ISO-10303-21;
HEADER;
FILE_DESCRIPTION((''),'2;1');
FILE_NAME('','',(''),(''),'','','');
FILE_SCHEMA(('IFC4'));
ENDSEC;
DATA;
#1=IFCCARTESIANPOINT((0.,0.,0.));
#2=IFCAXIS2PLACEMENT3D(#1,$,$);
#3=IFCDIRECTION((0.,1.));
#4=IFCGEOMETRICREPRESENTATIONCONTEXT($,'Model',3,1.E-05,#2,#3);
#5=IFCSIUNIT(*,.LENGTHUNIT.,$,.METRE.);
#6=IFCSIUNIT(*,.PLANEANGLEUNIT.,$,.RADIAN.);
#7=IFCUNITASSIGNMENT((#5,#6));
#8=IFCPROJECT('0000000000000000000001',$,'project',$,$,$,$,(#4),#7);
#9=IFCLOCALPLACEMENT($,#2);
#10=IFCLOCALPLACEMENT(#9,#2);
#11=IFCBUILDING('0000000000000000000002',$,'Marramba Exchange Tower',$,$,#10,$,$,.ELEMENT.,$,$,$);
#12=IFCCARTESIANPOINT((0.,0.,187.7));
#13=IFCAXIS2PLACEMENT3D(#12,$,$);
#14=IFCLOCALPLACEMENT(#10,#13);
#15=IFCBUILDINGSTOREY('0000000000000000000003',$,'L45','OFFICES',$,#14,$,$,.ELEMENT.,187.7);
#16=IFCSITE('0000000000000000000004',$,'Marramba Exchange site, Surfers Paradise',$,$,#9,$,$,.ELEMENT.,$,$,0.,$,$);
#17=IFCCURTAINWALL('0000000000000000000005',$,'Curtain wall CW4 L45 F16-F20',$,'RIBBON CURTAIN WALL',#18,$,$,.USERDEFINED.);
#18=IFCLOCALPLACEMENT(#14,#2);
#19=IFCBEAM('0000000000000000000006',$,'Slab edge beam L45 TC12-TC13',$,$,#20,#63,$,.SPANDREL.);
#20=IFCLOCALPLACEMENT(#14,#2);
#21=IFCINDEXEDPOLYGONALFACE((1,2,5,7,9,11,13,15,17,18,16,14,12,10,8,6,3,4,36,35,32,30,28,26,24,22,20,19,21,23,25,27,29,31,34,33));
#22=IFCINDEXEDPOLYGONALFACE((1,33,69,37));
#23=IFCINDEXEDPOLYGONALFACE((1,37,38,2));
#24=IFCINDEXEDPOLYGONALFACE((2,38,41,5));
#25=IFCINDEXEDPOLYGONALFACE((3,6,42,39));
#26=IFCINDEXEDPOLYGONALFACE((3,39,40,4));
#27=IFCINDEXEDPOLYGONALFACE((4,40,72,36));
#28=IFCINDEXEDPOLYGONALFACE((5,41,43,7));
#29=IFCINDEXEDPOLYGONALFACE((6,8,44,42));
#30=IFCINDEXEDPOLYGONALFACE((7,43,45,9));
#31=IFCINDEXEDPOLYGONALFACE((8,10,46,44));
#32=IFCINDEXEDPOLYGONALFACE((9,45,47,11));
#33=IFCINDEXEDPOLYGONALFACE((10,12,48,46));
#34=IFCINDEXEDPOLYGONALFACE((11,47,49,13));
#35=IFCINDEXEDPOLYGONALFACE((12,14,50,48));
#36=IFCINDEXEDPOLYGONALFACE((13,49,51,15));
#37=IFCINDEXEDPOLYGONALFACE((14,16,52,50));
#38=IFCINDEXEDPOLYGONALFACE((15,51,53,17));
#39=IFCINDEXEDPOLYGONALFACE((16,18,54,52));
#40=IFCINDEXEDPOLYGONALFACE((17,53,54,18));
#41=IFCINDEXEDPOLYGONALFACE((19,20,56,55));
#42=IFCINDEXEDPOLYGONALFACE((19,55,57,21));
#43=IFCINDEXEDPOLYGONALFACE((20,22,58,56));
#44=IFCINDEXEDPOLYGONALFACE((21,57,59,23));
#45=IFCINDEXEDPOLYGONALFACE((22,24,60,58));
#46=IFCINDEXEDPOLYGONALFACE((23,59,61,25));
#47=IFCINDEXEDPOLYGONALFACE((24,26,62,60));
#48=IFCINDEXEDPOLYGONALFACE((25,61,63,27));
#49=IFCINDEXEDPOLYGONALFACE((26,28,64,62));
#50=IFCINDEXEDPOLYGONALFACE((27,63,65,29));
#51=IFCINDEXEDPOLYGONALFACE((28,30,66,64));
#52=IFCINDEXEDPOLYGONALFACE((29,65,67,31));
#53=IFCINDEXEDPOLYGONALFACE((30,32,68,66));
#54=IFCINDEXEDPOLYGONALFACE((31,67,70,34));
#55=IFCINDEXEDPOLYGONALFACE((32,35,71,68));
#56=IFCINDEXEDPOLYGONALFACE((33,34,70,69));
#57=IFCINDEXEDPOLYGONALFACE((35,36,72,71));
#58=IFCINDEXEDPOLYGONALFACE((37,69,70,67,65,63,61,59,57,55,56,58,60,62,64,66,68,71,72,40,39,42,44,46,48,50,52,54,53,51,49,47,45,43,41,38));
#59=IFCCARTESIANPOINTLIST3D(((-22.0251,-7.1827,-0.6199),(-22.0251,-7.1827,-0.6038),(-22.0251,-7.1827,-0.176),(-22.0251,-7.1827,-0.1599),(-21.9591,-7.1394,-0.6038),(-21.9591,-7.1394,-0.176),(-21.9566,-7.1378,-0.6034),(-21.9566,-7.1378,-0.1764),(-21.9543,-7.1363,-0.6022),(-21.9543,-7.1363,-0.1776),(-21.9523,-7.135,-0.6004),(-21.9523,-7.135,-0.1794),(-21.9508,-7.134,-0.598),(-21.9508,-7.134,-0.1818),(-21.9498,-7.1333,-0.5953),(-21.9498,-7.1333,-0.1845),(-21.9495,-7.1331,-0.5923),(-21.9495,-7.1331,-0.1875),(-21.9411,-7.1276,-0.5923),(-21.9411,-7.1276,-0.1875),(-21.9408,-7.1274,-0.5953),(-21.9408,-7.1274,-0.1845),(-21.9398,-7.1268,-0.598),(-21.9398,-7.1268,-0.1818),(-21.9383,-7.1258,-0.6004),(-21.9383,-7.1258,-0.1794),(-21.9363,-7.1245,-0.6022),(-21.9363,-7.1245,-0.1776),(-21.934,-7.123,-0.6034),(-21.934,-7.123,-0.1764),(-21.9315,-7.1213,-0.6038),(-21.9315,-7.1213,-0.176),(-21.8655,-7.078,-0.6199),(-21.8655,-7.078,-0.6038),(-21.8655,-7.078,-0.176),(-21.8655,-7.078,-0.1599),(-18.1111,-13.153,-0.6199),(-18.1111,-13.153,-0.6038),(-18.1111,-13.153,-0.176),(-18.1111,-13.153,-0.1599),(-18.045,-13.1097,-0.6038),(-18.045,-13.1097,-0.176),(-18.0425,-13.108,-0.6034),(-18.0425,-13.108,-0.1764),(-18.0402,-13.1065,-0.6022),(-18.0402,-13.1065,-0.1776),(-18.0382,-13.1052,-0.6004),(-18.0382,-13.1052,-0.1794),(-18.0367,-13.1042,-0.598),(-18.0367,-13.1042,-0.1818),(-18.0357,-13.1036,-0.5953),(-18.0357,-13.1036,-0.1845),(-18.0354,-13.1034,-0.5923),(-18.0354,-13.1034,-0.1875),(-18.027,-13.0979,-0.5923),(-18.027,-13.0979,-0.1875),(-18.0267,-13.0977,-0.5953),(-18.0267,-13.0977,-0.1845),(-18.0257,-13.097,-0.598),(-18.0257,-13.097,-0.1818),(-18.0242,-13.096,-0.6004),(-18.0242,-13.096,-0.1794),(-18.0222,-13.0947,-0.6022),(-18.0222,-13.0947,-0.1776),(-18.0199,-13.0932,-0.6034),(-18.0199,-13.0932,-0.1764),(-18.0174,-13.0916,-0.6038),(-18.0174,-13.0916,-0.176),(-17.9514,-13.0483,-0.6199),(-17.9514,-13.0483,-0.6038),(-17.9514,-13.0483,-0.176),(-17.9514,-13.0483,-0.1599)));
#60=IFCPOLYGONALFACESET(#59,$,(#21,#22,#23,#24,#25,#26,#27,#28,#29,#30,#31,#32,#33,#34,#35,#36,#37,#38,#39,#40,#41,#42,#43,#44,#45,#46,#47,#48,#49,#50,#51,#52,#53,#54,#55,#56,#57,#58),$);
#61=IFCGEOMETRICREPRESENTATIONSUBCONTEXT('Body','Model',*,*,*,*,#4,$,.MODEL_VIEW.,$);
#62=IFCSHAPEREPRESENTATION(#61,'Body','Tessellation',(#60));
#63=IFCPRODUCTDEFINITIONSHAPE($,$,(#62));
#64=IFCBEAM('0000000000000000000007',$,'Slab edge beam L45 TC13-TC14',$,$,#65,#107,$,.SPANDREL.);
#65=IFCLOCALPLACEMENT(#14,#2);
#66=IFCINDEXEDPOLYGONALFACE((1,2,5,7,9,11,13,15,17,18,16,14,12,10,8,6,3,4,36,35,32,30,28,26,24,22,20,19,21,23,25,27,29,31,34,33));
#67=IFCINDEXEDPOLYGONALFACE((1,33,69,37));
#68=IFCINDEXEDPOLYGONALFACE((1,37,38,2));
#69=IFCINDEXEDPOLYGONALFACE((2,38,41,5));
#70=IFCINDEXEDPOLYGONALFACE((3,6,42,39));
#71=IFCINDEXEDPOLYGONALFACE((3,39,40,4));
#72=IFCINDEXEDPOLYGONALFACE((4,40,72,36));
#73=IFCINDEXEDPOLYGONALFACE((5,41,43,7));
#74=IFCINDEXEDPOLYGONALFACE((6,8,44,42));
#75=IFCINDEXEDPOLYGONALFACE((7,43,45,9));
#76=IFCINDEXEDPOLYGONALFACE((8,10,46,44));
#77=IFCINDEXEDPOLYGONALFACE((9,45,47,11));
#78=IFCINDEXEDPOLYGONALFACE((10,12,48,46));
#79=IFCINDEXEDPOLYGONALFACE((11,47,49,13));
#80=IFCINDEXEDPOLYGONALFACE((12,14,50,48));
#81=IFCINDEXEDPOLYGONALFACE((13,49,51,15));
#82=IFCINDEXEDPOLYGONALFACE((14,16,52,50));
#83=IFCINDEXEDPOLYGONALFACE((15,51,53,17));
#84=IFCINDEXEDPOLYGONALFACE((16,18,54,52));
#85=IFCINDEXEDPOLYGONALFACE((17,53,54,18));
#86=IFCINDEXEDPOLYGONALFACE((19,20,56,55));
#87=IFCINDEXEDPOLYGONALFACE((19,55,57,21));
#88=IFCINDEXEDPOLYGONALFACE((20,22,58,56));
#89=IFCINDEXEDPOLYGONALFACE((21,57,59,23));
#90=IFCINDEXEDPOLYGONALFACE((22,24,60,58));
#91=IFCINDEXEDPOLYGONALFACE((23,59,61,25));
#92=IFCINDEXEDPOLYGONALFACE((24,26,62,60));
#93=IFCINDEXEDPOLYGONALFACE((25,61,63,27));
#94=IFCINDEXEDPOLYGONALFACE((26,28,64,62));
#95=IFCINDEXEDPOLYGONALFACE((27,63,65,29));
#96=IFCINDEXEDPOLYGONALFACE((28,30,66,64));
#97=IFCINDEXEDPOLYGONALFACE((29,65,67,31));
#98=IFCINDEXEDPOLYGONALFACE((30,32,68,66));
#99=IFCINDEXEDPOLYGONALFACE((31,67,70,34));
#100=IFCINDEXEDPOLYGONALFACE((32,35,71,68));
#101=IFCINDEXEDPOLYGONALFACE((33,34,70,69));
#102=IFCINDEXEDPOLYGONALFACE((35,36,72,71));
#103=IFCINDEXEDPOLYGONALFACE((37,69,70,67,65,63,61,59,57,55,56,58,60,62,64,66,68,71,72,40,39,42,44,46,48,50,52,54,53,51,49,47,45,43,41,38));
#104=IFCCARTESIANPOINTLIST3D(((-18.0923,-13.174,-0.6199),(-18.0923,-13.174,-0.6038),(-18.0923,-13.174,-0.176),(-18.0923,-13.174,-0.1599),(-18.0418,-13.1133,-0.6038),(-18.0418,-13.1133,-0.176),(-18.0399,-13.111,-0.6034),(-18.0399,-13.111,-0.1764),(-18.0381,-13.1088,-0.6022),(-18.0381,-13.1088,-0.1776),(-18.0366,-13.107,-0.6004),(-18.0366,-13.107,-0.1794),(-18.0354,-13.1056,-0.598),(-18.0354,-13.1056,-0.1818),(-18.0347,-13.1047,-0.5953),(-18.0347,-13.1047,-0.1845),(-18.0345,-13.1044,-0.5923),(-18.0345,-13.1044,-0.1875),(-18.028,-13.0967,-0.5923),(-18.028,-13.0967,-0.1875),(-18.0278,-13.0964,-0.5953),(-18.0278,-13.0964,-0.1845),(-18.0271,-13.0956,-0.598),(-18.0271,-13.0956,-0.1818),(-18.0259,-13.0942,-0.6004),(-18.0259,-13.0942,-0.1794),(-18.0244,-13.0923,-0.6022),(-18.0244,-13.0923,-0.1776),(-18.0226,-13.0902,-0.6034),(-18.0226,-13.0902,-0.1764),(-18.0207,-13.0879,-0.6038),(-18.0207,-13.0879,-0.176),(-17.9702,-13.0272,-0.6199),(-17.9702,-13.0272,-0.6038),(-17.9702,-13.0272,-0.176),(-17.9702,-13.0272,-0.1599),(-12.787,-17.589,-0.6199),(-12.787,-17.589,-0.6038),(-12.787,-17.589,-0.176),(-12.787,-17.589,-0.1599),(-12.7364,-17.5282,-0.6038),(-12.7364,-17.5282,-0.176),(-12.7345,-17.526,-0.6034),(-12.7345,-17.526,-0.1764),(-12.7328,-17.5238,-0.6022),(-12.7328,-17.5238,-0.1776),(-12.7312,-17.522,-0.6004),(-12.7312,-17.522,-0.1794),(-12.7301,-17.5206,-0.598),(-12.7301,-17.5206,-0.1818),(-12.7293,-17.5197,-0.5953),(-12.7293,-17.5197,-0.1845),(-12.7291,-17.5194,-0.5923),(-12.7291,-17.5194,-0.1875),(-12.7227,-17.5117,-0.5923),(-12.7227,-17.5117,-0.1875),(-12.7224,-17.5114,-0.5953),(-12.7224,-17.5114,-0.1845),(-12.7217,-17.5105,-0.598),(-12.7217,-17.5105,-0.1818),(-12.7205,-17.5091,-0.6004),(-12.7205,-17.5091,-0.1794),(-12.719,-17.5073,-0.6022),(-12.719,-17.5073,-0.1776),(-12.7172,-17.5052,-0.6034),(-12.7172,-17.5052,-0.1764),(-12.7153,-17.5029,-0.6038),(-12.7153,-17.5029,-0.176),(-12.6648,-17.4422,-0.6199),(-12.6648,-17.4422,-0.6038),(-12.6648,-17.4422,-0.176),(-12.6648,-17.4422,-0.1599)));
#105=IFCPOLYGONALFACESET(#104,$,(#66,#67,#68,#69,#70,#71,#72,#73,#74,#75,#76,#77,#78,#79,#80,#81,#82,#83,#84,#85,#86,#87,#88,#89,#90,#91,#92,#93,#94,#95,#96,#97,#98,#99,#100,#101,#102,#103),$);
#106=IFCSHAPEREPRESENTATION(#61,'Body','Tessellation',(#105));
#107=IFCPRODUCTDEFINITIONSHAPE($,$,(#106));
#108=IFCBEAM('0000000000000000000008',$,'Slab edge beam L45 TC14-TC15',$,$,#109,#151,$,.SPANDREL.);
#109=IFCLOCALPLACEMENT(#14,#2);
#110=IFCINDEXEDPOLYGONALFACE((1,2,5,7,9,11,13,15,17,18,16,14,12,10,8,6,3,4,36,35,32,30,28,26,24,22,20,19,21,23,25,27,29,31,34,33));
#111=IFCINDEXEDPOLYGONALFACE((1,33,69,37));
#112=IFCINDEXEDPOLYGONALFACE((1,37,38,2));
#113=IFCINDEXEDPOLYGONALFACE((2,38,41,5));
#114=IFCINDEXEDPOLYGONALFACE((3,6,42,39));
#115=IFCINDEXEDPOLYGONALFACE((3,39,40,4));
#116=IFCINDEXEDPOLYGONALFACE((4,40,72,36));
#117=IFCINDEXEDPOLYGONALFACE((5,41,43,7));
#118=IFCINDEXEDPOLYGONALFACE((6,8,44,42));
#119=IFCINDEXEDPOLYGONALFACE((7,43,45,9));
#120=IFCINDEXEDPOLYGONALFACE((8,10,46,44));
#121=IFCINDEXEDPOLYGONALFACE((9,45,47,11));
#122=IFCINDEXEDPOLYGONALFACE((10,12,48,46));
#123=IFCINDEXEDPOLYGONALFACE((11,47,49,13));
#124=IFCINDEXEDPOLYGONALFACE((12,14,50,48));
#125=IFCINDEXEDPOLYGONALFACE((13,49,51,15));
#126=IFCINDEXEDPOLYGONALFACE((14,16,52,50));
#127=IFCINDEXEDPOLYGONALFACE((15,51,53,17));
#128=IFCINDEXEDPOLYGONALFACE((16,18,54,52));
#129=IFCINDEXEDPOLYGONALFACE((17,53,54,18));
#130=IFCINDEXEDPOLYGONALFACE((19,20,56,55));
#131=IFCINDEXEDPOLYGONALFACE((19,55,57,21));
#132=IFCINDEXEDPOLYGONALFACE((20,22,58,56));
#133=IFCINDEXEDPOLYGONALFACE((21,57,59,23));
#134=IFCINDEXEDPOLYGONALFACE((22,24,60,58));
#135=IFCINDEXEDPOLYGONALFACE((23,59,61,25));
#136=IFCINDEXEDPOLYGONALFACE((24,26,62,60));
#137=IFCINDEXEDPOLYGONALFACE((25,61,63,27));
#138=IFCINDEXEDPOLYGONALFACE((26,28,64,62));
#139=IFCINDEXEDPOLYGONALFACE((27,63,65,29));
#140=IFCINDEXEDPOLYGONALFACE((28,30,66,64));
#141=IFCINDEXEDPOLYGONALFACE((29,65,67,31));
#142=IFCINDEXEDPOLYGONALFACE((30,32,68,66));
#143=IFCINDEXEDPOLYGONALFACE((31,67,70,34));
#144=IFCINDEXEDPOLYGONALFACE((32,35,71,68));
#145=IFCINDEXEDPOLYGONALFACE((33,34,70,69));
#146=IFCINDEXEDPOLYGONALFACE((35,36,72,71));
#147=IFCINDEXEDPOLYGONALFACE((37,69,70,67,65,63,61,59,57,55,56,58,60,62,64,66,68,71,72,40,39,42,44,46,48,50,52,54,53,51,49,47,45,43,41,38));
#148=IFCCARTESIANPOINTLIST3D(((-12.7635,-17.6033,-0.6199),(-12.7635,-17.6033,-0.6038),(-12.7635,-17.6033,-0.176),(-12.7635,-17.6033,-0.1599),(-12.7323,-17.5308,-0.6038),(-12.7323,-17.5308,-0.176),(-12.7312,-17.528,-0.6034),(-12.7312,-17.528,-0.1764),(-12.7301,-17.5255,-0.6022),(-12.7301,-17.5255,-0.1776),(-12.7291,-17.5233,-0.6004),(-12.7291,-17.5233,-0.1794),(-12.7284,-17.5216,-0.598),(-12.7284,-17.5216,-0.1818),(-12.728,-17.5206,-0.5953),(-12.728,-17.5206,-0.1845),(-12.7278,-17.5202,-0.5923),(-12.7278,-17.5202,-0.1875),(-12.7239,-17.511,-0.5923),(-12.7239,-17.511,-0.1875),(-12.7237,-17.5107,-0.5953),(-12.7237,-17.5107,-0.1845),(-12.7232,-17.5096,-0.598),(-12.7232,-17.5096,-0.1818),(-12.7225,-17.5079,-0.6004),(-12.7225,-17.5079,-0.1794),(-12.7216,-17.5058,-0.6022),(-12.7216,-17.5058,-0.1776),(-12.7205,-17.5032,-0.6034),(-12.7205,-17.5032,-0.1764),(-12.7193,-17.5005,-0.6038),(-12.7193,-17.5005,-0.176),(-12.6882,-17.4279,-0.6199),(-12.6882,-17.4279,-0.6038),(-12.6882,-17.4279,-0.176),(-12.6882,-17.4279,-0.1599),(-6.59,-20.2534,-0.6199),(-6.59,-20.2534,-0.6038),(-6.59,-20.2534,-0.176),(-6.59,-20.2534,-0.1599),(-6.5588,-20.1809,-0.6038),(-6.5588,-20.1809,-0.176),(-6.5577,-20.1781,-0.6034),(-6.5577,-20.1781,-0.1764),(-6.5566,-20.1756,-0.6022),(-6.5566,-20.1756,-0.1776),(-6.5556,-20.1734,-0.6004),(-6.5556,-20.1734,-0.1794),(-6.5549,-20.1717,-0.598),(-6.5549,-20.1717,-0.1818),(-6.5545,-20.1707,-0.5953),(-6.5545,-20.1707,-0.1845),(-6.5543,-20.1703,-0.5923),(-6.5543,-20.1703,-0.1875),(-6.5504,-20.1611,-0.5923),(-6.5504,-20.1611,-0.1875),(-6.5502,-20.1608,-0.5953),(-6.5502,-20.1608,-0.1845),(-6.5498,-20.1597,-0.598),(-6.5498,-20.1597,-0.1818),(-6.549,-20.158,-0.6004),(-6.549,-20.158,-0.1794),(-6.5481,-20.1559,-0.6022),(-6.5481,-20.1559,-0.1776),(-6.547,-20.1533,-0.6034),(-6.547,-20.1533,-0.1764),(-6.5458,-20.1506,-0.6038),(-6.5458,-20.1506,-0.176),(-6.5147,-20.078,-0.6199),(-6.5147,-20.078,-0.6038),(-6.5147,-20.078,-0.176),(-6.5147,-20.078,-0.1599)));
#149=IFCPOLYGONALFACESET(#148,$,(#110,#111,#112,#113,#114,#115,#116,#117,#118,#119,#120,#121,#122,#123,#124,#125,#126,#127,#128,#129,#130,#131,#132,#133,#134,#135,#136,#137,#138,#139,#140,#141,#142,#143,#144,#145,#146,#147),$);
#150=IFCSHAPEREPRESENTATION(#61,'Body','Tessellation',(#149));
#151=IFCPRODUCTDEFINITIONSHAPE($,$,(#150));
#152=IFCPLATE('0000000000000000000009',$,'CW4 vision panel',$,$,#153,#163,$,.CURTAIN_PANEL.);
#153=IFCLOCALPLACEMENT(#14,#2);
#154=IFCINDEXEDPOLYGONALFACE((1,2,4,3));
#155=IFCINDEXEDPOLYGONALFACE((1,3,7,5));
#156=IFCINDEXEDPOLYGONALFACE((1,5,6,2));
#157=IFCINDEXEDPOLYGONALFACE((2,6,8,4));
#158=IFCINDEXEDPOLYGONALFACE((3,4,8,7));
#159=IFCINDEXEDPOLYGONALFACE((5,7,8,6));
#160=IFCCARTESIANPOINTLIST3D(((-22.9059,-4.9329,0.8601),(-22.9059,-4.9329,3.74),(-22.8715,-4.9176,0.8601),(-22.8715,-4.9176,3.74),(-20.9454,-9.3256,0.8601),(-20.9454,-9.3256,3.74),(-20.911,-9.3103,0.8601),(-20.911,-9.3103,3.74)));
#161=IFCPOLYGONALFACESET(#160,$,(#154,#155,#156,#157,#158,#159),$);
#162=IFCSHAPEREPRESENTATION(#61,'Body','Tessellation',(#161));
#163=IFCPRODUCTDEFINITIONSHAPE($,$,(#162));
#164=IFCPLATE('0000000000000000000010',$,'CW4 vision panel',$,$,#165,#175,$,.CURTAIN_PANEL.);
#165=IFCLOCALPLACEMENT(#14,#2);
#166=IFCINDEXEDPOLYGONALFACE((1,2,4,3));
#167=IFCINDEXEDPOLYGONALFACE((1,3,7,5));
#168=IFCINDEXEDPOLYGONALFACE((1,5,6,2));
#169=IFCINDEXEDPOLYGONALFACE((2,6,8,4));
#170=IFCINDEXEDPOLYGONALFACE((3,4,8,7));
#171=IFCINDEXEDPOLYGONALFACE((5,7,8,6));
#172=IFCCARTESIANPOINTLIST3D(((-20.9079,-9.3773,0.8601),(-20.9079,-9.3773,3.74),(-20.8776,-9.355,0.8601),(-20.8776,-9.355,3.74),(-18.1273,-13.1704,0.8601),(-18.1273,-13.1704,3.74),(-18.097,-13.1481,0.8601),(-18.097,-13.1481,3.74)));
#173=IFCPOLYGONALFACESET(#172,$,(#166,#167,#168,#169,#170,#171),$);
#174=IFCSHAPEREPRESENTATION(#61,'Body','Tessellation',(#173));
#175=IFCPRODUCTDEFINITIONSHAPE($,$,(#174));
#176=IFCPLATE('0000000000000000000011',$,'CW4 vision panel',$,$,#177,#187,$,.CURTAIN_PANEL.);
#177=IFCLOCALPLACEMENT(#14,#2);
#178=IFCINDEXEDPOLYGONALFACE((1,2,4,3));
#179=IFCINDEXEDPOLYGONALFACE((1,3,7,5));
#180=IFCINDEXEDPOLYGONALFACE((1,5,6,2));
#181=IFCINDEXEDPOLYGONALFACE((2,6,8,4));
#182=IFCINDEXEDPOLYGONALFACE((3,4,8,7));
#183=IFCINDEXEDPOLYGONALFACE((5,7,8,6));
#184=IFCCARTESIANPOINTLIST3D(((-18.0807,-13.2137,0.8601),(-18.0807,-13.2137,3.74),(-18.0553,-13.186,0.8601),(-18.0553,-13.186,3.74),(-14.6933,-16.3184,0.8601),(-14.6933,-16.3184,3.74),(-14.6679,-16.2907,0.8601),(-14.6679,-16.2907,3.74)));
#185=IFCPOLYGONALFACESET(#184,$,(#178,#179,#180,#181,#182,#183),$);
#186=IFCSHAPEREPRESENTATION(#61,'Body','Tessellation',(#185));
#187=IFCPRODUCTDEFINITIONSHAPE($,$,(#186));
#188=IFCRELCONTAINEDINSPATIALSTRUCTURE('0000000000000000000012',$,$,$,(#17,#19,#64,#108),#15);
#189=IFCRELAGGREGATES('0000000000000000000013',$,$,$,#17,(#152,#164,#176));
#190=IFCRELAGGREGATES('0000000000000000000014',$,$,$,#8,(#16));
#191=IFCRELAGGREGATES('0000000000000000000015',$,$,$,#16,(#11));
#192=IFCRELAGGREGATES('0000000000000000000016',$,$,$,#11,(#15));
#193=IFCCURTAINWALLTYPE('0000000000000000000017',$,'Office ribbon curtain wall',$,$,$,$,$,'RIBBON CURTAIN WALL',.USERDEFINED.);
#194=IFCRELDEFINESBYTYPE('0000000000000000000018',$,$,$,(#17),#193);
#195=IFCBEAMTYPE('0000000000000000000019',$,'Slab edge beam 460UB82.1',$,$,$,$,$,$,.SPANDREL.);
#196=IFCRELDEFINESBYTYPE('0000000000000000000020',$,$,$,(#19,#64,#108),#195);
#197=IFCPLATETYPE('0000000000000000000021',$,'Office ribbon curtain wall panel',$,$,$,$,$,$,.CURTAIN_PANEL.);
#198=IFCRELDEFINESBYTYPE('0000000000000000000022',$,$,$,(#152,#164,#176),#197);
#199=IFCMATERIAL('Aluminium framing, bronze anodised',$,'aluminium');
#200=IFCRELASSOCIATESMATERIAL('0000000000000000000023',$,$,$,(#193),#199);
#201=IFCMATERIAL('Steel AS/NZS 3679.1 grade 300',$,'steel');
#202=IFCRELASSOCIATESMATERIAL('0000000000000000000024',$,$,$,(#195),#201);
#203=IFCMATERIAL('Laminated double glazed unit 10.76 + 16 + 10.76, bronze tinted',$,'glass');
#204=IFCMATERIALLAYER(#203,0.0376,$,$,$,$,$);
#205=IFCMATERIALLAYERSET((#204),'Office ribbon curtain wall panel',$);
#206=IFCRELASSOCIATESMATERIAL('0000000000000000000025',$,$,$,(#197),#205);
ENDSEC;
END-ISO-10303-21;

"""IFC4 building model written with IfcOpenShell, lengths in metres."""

from ifc_helpers import new_model, si_unit, direction, frame, origin, origin_2d, place, context, subcontext, project, spatial, rectangle, i_section, extrude, material, layer, layer_set, material_profile, profile_set, type_object, element, aggregate, save


model = new_model("IFC4")

# Units and contexts
model_context = context("Model", 3, precision=1e-05, world=origin(), true_north=direction((0.0, 1.0)))
body_context = subcontext(model_context, "Body", "Model", "MODEL_VIEW")
ifc_project = project(units=[si_unit("LENGTHUNIT", "METRE"), si_unit("PLANEANGLEUNIT", "RADIAN")], contexts=[model_context])

# Site, building, storey
site_placement = place(None, origin())
site = spatial("IfcSite", under=ifc_project, at=site_placement, Name="Marramba Exchange site, Surfers Paradise", CompositionType="ELEMENT", RefElevation=0.0)
building_placement = place(site_placement, origin())
building = spatial("IfcBuilding", under=site, at=building_placement, Name="Marramba Exchange Tower", CompositionType="ELEMENT")
storey_placement = place(building_placement, frame((0.0, 0.0, 187.7)))
storey = spatial("IfcBuildingStorey", under=building, at=storey_placement, Name="L45", Description="OFFICES", CompositionType="ELEMENT", Elevation=187.7)

# Curtain wall
ifc_material_1 = material(Name="Aluminium framing, bronze anodised", Category="aluminium")
curtain_wall_type = type_object("IfcCurtainWallType", Name="Office ribbon curtain wall", ElementType="RIBBON CURTAIN WALL", PredefinedType="USERDEFINED", material=ifc_material_1)
curtain_wall_placement = place(storey_placement, origin())
curtain_wall = element("IfcCurtainWall", 1, at=curtain_wall_placement, inside=storey, type_object=curtain_wall_type, Name="Curtain wall CW4 L45 F16-F20", ObjectType="RIBBON CURTAIN WALL", PredefinedType="USERDEFINED")

# Beams
ifc_material_2 = material(Name="Steel AS/NZS 3679.1 grade 300", Category="steel")
ifc_material_profile_1 = material_profile(ifc_material_2, i_section(OverallWidth=0.1909, OverallDepth=0.46, WebThickness=0.01, FlangeThickness=0.0161, FilletRadius=0.0115, at=origin_2d()), Name="460UB82.1")
ifc_profile_set_1 = profile_set([ifc_material_profile_1], Name="Steel AS/NZS 3679.1 grade 300")
beam_type_1 = type_object("IfcBeamType", Name="Slab edge beam 460UB82.1", PredefinedType="SPANDREL", material=ifc_profile_set_1)
beam_1_placement = place(storey_placement, frame((-21.9453, -7.1304, -0.3899), z_axis=(0.548275, -0.836298, 0.0), x_axis=(0.836298, 0.548275, 0.0)))
element("IfcBeam", 2, at=beam_1_placement, inside=storey, type_object=beam_type_1, Name="Slab edge beam L45 TC12-TC13", PredefinedType="SPANDREL", context=body_context, shape_type="SweptSolid", body=[
    extrude(i_section(OverallWidth=0.1909, OverallDepth=0.46, WebThickness=0.01, FlangeThickness=0.0161, FilletRadius=0.0115, at=origin_2d()), origin(), (0.0, 0.0, 1.0), 7.1389),
])
beam_2_placement = place(storey_placement, frame((-18.0312, -13.1006, -0.3899), z_axis=(0.768659, -0.639659, 0.0), x_axis=(0.639659, 0.768659, 0.0)))
element("IfcBeam", 3, at=beam_2_placement, inside=storey, type_object=beam_type_1, Name="Slab edge beam L45 TC13-TC14", PredefinedType="SPANDREL", context=body_context, shape_type="SweptSolid", body=[
    extrude(i_section(OverallWidth=0.1909, OverallDepth=0.46, WebThickness=0.01, FlangeThickness=0.0161, FilletRadius=0.0115, at=origin_2d()), origin(), (0.0, 0.0, 1.0), 6.9021),
])
beam_3_placement = place(storey_placement, frame((-12.7258, -17.5156, -0.3899), z_axis=(0.918912, -0.394463, 0.0), x_axis=(0.394463, 0.918912, 0.0)))
element("IfcBeam", 4, at=beam_3_placement, inside=storey, type_object=beam_type_1, Name="Slab edge beam L45 TC14-TC15", PredefinedType="SPANDREL", context=body_context, shape_type="SweptSolid", body=[
    extrude(i_section(OverallWidth=0.1909, OverallDepth=0.46, WebThickness=0.01, FlangeThickness=0.0161, FilletRadius=0.0115, at=origin_2d()), origin(), (0.0, 0.0, 1.0), 6.7183),
])

# Plates
ifc_material_3 = material(Name="Laminated double glazed unit 10.76 + 16 + 10.76, bronze tinted", Category="glass")
ifc_layer_1 = layer(ifc_material_3, 0.0376)
ifc_layer_set_1 = layer_set([ifc_layer_1], Name="Office ribbon curtain wall panel")
plate_type = type_object("IfcPlateType", Name="Office ribbon curtain wall panel", PredefinedType="CURTAIN_PANEL", material=ifc_layer_set_1)
plate_1_placement = place(storey_placement, frame((-21.9084, -7.1216, 0.8601), z_axis=(0.0, 0.0, 1.0), x_axis=(0.407558, -0.91318, 0.0)))
plate_1 = element("IfcPlate", 5, at=plate_1_placement, type_object=plate_type, Name="CW4 vision panel", PredefinedType="CURTAIN_PANEL", context=body_context, shape_type="SweptSolid", body=[
    extrude(rectangle(XDim=4.8103, YDim=0.0376, at=origin_2d()), origin(), (0.0, 0.0, 1.0), 2.8799),
])
plate_2_placement = place(storey_placement, frame((-19.5024, -11.2627, 0.8601), z_axis=(0.0, 0.0, 1.0), x_axis=(0.591223, -0.806508, 0.0)))
plate_2 = element("IfcPlate", 6, at=plate_2_placement, type_object=plate_type, Name="CW4 vision panel", PredefinedType="CURTAIN_PANEL", context=body_context, shape_type="SweptSolid", body=[
    extrude(rectangle(XDim=4.7031, YDim=0.0376, at=origin_2d()), origin(), (0.0, 0.0, 1.0), 2.8799),
])
plate_3_placement = place(storey_placement, frame((-16.3743, -14.7522, 0.8601), z_axis=(0.0, 0.0, 1.0), x_axis=(0.737203, -0.675671, 0.0)))
plate_3 = element("IfcPlate", 7, at=plate_3_placement, type_object=plate_type, Name="CW4 vision panel", PredefinedType="CURTAIN_PANEL", context=body_context, shape_type="SweptSolid", body=[
    extrude(rectangle(XDim=4.595, YDim=0.0376, at=origin_2d()), origin(), (0.0, 0.0, 1.0), 2.8799),
])
aggregate(curtain_wall, [plate_1, plate_2, plate_3])

save(model, "model.ifc")
